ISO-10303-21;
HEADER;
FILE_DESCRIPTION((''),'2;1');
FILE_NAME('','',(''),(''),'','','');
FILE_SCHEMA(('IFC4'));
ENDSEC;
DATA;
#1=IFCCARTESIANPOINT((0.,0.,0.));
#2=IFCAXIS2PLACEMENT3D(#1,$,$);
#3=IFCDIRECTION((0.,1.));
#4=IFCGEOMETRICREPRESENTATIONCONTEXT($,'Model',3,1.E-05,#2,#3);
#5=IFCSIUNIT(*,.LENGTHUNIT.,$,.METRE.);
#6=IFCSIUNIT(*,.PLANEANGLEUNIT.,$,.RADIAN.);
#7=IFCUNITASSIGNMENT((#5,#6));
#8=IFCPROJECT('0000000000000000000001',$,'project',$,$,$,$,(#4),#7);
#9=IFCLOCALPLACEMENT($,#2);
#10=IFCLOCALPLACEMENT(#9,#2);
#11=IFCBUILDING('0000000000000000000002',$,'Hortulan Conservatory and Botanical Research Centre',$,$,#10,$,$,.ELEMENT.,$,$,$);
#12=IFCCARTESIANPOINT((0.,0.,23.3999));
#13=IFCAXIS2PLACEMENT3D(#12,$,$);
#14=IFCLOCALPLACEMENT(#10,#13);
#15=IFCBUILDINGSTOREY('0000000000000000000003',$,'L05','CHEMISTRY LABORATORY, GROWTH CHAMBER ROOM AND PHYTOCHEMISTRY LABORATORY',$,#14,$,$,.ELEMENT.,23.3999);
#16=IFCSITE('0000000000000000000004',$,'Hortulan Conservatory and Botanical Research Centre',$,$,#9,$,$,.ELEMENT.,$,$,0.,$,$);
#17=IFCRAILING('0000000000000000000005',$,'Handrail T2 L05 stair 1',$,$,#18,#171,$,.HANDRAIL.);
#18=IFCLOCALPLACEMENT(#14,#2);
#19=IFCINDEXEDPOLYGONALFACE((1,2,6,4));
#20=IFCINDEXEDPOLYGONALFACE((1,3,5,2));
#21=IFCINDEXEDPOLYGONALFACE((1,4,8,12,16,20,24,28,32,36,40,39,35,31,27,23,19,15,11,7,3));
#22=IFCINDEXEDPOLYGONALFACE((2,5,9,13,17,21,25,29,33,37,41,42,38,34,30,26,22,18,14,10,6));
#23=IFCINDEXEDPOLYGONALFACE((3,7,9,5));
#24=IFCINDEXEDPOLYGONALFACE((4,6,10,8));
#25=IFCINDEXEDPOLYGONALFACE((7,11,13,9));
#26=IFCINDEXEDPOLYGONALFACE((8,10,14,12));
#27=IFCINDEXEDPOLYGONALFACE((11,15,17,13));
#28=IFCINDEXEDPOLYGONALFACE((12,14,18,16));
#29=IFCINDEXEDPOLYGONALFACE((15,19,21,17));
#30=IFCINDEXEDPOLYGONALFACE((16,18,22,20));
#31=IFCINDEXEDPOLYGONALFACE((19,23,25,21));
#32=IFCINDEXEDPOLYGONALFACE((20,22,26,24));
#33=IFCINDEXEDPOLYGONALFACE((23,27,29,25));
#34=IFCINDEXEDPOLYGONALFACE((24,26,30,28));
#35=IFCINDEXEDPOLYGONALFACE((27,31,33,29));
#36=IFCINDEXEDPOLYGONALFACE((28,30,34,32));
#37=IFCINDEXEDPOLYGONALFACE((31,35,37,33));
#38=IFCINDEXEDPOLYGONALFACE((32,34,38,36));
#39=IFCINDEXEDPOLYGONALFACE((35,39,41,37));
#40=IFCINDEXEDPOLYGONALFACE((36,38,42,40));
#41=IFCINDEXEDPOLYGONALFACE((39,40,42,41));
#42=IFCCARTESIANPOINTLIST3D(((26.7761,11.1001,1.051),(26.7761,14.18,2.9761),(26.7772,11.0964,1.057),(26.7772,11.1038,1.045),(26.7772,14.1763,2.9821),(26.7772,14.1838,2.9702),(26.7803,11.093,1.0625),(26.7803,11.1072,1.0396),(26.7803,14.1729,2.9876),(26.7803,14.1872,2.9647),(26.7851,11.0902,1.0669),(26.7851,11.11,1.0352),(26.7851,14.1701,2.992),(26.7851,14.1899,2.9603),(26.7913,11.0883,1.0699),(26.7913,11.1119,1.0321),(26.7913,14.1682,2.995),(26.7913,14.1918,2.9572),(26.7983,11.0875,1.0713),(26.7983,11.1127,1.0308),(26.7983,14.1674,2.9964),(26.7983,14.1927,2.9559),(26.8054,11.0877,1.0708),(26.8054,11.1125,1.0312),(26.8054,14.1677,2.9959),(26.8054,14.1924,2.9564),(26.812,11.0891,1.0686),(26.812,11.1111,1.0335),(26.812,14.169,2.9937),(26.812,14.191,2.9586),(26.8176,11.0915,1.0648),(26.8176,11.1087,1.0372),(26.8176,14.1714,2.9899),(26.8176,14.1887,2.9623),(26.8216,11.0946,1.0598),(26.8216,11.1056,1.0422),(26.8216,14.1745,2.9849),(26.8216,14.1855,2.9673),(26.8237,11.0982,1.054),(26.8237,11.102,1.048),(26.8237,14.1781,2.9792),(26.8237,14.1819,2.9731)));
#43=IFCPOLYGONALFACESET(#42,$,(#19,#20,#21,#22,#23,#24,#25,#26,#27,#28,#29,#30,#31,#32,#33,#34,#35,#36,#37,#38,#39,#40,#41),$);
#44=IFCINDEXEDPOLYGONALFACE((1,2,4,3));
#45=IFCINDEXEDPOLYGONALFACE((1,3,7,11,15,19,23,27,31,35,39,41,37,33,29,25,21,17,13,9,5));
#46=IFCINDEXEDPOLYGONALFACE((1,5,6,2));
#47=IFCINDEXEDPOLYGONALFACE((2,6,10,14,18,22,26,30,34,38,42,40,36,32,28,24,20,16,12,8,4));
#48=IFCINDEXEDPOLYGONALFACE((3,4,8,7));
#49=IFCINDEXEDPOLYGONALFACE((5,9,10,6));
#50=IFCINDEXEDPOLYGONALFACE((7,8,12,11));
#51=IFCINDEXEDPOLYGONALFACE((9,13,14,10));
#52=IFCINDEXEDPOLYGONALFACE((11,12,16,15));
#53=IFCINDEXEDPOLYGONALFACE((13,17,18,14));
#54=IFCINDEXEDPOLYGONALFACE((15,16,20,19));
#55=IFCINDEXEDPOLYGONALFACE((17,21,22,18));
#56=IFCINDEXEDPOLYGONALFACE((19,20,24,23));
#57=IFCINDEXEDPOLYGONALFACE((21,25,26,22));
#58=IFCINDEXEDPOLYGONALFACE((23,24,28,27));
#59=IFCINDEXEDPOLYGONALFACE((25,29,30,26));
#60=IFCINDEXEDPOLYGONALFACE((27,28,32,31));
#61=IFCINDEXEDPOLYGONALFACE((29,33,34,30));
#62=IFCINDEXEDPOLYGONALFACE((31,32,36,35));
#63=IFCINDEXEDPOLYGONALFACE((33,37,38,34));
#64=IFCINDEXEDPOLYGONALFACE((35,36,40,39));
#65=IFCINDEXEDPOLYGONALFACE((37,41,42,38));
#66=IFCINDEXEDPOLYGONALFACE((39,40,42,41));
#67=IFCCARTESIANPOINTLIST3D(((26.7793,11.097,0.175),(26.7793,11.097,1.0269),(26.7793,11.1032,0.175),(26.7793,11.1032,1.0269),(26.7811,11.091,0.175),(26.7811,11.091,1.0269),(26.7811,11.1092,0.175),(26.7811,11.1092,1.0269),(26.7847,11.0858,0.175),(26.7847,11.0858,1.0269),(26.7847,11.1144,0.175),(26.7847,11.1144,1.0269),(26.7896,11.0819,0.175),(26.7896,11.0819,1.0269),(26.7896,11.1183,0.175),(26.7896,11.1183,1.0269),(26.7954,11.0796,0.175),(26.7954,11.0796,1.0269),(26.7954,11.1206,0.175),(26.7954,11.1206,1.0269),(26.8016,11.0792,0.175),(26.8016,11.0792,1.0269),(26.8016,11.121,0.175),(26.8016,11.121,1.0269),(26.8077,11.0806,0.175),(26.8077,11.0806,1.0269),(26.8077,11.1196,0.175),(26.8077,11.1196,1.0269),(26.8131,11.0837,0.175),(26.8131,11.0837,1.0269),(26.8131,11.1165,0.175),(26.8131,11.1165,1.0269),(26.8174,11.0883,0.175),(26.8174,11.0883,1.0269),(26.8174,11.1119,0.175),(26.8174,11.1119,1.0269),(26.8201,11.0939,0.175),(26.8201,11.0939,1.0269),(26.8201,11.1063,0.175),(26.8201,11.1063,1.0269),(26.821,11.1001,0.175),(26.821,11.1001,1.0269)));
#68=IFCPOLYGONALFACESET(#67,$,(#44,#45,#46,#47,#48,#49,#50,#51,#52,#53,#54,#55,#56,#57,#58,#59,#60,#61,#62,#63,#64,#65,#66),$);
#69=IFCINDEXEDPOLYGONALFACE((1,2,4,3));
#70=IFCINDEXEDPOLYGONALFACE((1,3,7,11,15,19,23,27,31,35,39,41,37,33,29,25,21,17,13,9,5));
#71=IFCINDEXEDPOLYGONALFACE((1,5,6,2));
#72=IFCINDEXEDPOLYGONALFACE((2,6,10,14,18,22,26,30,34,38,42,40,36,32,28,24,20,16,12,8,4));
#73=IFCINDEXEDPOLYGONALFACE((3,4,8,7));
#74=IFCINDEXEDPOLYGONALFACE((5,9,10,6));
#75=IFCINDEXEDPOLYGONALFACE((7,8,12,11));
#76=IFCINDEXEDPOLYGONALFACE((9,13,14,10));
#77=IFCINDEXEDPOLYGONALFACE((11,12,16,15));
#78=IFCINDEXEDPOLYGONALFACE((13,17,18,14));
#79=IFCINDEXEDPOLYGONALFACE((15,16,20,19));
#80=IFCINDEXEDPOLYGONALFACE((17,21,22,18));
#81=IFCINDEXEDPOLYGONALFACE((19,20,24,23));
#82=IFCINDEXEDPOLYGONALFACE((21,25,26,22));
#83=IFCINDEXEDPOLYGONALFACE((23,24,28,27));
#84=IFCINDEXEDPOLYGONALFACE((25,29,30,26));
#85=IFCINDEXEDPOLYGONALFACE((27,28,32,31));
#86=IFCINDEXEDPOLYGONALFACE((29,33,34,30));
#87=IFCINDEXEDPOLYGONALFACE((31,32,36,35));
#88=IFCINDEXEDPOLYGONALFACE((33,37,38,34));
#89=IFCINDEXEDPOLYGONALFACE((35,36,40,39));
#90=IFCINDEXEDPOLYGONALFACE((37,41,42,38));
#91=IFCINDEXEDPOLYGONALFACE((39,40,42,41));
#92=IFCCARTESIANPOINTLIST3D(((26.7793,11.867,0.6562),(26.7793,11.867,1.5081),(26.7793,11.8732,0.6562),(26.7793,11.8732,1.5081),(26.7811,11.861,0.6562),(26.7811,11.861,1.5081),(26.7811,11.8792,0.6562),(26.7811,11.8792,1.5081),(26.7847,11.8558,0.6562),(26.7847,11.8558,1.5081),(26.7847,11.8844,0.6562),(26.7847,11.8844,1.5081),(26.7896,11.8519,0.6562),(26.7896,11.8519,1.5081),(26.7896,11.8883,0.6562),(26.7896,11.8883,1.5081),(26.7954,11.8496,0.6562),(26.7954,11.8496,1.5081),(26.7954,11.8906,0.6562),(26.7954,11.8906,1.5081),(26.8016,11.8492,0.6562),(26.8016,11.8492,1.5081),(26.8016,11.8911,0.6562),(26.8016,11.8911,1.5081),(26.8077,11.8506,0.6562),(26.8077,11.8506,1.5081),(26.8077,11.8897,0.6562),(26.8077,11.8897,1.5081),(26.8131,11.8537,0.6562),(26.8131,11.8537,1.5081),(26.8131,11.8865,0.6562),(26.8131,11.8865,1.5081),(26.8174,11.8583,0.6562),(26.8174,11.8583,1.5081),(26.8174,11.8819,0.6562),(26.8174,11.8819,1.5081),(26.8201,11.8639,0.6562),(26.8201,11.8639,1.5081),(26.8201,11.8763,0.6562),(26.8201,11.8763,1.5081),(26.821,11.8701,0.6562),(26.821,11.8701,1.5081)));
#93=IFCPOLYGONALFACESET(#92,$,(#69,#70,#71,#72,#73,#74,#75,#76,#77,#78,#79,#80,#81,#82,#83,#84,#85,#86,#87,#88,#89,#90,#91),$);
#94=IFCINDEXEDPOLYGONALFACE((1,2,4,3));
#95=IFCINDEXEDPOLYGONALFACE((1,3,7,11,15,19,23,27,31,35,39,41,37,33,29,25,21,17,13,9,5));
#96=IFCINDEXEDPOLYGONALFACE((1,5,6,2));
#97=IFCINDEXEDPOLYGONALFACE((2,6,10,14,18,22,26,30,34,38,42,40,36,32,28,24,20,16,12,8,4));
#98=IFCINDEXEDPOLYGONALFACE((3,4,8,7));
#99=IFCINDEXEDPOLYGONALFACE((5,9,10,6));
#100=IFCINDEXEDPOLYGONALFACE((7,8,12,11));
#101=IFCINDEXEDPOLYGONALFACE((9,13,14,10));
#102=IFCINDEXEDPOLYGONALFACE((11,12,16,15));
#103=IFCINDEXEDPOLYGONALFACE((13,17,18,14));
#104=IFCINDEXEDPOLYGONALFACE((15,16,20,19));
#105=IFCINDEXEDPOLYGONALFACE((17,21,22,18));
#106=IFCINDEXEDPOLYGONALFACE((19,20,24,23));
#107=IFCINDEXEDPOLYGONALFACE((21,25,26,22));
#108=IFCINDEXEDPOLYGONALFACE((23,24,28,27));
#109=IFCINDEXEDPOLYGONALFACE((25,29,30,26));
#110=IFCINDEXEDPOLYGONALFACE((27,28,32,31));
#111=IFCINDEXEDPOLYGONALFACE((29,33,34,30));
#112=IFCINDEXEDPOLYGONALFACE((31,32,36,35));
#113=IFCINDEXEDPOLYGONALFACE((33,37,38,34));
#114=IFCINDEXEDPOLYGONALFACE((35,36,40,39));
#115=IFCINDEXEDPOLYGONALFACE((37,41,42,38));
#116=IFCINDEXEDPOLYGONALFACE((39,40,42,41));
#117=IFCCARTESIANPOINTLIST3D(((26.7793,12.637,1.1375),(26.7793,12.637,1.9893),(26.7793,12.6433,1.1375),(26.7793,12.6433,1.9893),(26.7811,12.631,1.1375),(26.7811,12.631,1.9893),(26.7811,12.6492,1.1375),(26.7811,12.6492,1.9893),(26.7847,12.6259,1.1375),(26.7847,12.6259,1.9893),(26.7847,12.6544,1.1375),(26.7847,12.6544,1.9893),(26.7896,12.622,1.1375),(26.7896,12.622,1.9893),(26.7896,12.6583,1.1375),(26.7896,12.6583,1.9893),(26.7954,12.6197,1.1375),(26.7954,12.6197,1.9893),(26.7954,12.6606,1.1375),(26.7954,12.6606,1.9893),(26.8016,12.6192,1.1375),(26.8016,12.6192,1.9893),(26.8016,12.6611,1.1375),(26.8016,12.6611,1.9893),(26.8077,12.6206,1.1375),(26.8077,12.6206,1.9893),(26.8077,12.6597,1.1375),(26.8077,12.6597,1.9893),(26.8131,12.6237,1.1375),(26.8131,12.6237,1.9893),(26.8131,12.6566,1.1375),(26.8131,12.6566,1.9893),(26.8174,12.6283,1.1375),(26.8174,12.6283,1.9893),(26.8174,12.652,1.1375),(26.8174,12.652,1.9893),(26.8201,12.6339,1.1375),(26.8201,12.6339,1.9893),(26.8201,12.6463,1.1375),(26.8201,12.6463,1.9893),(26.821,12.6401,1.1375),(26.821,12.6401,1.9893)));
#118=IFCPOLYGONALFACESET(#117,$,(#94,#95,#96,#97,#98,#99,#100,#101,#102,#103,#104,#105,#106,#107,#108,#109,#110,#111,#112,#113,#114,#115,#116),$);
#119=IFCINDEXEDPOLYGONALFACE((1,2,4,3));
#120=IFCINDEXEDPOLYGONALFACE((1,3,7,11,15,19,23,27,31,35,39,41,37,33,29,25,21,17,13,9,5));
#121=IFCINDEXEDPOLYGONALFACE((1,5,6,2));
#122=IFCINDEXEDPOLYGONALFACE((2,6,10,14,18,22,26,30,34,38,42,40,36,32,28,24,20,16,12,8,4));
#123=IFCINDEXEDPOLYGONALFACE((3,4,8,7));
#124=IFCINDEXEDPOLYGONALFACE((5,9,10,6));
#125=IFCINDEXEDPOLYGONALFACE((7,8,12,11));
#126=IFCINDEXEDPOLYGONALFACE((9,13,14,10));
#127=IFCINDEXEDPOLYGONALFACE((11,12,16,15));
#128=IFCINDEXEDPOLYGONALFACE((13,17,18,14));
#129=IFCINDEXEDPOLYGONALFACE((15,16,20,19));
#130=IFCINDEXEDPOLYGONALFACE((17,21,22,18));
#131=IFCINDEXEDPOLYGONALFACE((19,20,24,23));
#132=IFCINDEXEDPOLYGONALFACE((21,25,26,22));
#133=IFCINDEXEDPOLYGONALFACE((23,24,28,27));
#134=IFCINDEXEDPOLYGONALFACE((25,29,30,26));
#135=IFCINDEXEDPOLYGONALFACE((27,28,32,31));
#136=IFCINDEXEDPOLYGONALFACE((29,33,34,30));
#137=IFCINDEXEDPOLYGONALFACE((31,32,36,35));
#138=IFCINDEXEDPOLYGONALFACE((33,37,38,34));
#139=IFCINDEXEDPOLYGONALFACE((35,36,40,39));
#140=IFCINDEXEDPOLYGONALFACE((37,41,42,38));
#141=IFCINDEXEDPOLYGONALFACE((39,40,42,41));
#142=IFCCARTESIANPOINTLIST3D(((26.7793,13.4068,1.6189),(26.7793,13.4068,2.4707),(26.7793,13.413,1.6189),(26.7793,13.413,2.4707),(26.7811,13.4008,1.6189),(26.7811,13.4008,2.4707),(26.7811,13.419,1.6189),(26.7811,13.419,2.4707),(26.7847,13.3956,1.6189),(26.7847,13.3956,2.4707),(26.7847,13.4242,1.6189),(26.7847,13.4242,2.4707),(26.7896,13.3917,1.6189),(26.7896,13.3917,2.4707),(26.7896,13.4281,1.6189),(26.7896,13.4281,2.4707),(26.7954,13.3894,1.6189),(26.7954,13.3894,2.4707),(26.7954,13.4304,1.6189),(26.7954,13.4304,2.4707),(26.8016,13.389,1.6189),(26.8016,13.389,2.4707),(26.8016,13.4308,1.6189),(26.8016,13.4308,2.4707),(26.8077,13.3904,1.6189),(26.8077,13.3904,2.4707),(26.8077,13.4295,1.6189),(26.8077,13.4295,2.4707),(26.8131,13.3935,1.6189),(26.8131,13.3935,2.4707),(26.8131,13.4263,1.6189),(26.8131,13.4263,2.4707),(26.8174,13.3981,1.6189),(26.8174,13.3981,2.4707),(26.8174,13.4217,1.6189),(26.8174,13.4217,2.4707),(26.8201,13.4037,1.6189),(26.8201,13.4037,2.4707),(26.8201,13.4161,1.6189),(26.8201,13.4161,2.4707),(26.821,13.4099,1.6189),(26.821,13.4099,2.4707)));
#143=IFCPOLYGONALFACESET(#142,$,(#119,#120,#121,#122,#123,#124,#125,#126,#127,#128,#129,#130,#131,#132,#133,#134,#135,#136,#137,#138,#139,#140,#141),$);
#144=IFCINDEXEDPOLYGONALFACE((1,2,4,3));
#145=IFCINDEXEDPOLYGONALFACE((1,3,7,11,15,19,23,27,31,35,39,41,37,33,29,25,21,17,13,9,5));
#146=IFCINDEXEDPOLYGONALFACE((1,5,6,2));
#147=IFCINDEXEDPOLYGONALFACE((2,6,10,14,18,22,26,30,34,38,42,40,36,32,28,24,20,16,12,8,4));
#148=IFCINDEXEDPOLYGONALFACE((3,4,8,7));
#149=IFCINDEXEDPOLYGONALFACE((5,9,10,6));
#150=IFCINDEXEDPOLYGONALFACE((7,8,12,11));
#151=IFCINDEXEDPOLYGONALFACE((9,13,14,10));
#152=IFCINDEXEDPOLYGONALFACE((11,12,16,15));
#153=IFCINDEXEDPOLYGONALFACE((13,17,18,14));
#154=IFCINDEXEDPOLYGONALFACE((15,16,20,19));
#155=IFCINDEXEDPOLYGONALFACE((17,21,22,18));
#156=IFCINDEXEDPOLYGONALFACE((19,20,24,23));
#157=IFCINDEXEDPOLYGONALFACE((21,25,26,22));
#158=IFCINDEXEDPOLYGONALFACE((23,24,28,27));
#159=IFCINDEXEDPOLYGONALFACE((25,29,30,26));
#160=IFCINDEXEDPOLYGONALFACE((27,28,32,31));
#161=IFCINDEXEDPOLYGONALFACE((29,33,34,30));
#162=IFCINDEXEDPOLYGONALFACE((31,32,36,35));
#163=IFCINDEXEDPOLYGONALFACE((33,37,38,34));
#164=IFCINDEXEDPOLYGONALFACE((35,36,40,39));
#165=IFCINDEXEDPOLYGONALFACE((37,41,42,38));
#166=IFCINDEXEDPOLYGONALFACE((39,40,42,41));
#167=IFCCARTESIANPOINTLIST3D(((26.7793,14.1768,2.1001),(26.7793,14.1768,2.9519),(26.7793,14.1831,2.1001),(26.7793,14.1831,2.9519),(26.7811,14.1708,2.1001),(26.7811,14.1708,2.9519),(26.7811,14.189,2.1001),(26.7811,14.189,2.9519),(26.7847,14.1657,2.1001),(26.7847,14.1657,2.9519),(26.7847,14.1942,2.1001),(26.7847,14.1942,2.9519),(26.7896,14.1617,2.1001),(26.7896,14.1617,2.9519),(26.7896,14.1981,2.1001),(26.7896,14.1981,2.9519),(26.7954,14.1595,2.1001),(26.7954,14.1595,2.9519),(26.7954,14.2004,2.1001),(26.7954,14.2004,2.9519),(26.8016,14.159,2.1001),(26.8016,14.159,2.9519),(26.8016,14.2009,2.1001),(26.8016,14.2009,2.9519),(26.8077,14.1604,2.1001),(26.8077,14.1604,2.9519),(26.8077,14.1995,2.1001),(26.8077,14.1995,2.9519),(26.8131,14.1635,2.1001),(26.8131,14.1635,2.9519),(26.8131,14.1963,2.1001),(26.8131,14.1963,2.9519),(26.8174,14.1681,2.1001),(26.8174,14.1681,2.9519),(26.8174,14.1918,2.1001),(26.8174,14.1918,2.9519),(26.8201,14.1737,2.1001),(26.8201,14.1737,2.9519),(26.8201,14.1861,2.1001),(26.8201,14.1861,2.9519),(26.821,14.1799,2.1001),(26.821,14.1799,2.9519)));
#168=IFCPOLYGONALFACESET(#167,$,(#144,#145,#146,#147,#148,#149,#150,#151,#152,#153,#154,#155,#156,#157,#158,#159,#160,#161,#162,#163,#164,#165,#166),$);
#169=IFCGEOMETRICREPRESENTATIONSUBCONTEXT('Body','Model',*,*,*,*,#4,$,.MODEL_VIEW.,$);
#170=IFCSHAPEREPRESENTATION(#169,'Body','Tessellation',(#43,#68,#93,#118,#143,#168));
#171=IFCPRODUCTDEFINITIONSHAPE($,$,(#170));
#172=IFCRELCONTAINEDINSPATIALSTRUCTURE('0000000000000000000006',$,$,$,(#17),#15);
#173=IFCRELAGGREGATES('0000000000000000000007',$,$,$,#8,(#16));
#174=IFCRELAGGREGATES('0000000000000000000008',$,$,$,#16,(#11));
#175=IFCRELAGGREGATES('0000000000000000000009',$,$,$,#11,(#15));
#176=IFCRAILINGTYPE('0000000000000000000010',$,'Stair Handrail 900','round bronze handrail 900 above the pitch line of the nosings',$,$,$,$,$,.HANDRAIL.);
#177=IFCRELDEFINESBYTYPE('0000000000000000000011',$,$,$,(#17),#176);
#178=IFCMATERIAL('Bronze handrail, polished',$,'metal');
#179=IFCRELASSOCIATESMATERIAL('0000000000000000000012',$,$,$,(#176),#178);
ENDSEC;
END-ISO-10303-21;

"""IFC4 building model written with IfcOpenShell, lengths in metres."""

from ifc_helpers import new_model, si_unit, direction, frame, origin, origin_2d, place, context, subcontext, project, spatial, circle, extrude, material, type_object, element, save


model = new_model("IFC4")

# Units and contexts
model_context = context("Model", 3, precision=1e-05, world=origin(), true_north=direction((0.0, 1.0)))
body_context = subcontext(model_context, "Body", "Model", "MODEL_VIEW")
ifc_project = project(units=[si_unit("LENGTHUNIT", "METRE"), si_unit("PLANEANGLEUNIT", "RADIAN")], contexts=[model_context])

# Site, building, storey
site_placement = place(None, origin())
site = spatial("IfcSite", under=ifc_project, at=site_placement, Name="Hortulan Conservatory and Botanical Research Centre", CompositionType="ELEMENT", RefElevation=0.0)
building_placement = place(site_placement, origin())
building = spatial("IfcBuilding", under=site, at=building_placement, Name="Hortulan Conservatory and Botanical Research Centre", CompositionType="ELEMENT")
storey_placement = place(building_placement, frame((0.0, 0.0, 23.3999)))
storey = spatial("IfcBuildingStorey", under=building, at=storey_placement, Name="L05", Description="CHEMISTRY LABORATORY, GROWTH CHAMBER ROOM AND PHYTOCHEMISTRY LABORATORY", CompositionType="ELEMENT", Elevation=23.3999)

# Railing
ifc_material_1 = material(Name="Bronze handrail, polished", Category="metal")
railing_type_1 = type_object("IfcRailingType", Name="Stair Handrail 900", Description="round bronze handrail 900 above the pitch line of the nosings", PredefinedType="HANDRAIL", material=ifc_material_1)
railing_1_placement = place(storey_placement, frame((26.8, 11.1001, 0.175)))
element("IfcRailing", 1, at=railing_1_placement, inside=storey, type_object=railing_type_1, Name="Handrail T2 L05 stair 1", PredefinedType="HANDRAIL", context=body_context, shape_type="SweptSolid", body=[
    extrude(circle(Radius=0.0239, at=origin_2d()), frame((0.0, 0.0, 0.876), z_axis=(0.0, 0.847979, 0.530029), x_axis=(-1.0, 0.0, 0.0)), (0.0, 0.0, 1.0), 3.6321),
    extrude(circle(Radius=0.021, at=origin_2d()), origin(), (0.0, 0.0, 1.0), 0.8518),
    extrude(circle(Radius=0.021, at=origin_2d()), frame((0.0, 0.77, 0.4812)), (0.0, 0.0, 1.0), 0.8518),
    extrude(circle(Radius=0.021, at=origin_2d()), frame((0.0, 1.54, 0.9624)), (0.0, 0.0, 1.0), 0.8518),
    extrude(circle(Radius=0.021, at=origin_2d()), frame((0.0, 2.3098, 1.4438)), (0.0, 0.0, 1.0), 0.8518),
    extrude(circle(Radius=0.021, at=origin_2d()), frame((0.0, 3.0798, 1.925)), (0.0, 0.0, 1.0), 0.8518),
])

save(model, "model.ifc")
